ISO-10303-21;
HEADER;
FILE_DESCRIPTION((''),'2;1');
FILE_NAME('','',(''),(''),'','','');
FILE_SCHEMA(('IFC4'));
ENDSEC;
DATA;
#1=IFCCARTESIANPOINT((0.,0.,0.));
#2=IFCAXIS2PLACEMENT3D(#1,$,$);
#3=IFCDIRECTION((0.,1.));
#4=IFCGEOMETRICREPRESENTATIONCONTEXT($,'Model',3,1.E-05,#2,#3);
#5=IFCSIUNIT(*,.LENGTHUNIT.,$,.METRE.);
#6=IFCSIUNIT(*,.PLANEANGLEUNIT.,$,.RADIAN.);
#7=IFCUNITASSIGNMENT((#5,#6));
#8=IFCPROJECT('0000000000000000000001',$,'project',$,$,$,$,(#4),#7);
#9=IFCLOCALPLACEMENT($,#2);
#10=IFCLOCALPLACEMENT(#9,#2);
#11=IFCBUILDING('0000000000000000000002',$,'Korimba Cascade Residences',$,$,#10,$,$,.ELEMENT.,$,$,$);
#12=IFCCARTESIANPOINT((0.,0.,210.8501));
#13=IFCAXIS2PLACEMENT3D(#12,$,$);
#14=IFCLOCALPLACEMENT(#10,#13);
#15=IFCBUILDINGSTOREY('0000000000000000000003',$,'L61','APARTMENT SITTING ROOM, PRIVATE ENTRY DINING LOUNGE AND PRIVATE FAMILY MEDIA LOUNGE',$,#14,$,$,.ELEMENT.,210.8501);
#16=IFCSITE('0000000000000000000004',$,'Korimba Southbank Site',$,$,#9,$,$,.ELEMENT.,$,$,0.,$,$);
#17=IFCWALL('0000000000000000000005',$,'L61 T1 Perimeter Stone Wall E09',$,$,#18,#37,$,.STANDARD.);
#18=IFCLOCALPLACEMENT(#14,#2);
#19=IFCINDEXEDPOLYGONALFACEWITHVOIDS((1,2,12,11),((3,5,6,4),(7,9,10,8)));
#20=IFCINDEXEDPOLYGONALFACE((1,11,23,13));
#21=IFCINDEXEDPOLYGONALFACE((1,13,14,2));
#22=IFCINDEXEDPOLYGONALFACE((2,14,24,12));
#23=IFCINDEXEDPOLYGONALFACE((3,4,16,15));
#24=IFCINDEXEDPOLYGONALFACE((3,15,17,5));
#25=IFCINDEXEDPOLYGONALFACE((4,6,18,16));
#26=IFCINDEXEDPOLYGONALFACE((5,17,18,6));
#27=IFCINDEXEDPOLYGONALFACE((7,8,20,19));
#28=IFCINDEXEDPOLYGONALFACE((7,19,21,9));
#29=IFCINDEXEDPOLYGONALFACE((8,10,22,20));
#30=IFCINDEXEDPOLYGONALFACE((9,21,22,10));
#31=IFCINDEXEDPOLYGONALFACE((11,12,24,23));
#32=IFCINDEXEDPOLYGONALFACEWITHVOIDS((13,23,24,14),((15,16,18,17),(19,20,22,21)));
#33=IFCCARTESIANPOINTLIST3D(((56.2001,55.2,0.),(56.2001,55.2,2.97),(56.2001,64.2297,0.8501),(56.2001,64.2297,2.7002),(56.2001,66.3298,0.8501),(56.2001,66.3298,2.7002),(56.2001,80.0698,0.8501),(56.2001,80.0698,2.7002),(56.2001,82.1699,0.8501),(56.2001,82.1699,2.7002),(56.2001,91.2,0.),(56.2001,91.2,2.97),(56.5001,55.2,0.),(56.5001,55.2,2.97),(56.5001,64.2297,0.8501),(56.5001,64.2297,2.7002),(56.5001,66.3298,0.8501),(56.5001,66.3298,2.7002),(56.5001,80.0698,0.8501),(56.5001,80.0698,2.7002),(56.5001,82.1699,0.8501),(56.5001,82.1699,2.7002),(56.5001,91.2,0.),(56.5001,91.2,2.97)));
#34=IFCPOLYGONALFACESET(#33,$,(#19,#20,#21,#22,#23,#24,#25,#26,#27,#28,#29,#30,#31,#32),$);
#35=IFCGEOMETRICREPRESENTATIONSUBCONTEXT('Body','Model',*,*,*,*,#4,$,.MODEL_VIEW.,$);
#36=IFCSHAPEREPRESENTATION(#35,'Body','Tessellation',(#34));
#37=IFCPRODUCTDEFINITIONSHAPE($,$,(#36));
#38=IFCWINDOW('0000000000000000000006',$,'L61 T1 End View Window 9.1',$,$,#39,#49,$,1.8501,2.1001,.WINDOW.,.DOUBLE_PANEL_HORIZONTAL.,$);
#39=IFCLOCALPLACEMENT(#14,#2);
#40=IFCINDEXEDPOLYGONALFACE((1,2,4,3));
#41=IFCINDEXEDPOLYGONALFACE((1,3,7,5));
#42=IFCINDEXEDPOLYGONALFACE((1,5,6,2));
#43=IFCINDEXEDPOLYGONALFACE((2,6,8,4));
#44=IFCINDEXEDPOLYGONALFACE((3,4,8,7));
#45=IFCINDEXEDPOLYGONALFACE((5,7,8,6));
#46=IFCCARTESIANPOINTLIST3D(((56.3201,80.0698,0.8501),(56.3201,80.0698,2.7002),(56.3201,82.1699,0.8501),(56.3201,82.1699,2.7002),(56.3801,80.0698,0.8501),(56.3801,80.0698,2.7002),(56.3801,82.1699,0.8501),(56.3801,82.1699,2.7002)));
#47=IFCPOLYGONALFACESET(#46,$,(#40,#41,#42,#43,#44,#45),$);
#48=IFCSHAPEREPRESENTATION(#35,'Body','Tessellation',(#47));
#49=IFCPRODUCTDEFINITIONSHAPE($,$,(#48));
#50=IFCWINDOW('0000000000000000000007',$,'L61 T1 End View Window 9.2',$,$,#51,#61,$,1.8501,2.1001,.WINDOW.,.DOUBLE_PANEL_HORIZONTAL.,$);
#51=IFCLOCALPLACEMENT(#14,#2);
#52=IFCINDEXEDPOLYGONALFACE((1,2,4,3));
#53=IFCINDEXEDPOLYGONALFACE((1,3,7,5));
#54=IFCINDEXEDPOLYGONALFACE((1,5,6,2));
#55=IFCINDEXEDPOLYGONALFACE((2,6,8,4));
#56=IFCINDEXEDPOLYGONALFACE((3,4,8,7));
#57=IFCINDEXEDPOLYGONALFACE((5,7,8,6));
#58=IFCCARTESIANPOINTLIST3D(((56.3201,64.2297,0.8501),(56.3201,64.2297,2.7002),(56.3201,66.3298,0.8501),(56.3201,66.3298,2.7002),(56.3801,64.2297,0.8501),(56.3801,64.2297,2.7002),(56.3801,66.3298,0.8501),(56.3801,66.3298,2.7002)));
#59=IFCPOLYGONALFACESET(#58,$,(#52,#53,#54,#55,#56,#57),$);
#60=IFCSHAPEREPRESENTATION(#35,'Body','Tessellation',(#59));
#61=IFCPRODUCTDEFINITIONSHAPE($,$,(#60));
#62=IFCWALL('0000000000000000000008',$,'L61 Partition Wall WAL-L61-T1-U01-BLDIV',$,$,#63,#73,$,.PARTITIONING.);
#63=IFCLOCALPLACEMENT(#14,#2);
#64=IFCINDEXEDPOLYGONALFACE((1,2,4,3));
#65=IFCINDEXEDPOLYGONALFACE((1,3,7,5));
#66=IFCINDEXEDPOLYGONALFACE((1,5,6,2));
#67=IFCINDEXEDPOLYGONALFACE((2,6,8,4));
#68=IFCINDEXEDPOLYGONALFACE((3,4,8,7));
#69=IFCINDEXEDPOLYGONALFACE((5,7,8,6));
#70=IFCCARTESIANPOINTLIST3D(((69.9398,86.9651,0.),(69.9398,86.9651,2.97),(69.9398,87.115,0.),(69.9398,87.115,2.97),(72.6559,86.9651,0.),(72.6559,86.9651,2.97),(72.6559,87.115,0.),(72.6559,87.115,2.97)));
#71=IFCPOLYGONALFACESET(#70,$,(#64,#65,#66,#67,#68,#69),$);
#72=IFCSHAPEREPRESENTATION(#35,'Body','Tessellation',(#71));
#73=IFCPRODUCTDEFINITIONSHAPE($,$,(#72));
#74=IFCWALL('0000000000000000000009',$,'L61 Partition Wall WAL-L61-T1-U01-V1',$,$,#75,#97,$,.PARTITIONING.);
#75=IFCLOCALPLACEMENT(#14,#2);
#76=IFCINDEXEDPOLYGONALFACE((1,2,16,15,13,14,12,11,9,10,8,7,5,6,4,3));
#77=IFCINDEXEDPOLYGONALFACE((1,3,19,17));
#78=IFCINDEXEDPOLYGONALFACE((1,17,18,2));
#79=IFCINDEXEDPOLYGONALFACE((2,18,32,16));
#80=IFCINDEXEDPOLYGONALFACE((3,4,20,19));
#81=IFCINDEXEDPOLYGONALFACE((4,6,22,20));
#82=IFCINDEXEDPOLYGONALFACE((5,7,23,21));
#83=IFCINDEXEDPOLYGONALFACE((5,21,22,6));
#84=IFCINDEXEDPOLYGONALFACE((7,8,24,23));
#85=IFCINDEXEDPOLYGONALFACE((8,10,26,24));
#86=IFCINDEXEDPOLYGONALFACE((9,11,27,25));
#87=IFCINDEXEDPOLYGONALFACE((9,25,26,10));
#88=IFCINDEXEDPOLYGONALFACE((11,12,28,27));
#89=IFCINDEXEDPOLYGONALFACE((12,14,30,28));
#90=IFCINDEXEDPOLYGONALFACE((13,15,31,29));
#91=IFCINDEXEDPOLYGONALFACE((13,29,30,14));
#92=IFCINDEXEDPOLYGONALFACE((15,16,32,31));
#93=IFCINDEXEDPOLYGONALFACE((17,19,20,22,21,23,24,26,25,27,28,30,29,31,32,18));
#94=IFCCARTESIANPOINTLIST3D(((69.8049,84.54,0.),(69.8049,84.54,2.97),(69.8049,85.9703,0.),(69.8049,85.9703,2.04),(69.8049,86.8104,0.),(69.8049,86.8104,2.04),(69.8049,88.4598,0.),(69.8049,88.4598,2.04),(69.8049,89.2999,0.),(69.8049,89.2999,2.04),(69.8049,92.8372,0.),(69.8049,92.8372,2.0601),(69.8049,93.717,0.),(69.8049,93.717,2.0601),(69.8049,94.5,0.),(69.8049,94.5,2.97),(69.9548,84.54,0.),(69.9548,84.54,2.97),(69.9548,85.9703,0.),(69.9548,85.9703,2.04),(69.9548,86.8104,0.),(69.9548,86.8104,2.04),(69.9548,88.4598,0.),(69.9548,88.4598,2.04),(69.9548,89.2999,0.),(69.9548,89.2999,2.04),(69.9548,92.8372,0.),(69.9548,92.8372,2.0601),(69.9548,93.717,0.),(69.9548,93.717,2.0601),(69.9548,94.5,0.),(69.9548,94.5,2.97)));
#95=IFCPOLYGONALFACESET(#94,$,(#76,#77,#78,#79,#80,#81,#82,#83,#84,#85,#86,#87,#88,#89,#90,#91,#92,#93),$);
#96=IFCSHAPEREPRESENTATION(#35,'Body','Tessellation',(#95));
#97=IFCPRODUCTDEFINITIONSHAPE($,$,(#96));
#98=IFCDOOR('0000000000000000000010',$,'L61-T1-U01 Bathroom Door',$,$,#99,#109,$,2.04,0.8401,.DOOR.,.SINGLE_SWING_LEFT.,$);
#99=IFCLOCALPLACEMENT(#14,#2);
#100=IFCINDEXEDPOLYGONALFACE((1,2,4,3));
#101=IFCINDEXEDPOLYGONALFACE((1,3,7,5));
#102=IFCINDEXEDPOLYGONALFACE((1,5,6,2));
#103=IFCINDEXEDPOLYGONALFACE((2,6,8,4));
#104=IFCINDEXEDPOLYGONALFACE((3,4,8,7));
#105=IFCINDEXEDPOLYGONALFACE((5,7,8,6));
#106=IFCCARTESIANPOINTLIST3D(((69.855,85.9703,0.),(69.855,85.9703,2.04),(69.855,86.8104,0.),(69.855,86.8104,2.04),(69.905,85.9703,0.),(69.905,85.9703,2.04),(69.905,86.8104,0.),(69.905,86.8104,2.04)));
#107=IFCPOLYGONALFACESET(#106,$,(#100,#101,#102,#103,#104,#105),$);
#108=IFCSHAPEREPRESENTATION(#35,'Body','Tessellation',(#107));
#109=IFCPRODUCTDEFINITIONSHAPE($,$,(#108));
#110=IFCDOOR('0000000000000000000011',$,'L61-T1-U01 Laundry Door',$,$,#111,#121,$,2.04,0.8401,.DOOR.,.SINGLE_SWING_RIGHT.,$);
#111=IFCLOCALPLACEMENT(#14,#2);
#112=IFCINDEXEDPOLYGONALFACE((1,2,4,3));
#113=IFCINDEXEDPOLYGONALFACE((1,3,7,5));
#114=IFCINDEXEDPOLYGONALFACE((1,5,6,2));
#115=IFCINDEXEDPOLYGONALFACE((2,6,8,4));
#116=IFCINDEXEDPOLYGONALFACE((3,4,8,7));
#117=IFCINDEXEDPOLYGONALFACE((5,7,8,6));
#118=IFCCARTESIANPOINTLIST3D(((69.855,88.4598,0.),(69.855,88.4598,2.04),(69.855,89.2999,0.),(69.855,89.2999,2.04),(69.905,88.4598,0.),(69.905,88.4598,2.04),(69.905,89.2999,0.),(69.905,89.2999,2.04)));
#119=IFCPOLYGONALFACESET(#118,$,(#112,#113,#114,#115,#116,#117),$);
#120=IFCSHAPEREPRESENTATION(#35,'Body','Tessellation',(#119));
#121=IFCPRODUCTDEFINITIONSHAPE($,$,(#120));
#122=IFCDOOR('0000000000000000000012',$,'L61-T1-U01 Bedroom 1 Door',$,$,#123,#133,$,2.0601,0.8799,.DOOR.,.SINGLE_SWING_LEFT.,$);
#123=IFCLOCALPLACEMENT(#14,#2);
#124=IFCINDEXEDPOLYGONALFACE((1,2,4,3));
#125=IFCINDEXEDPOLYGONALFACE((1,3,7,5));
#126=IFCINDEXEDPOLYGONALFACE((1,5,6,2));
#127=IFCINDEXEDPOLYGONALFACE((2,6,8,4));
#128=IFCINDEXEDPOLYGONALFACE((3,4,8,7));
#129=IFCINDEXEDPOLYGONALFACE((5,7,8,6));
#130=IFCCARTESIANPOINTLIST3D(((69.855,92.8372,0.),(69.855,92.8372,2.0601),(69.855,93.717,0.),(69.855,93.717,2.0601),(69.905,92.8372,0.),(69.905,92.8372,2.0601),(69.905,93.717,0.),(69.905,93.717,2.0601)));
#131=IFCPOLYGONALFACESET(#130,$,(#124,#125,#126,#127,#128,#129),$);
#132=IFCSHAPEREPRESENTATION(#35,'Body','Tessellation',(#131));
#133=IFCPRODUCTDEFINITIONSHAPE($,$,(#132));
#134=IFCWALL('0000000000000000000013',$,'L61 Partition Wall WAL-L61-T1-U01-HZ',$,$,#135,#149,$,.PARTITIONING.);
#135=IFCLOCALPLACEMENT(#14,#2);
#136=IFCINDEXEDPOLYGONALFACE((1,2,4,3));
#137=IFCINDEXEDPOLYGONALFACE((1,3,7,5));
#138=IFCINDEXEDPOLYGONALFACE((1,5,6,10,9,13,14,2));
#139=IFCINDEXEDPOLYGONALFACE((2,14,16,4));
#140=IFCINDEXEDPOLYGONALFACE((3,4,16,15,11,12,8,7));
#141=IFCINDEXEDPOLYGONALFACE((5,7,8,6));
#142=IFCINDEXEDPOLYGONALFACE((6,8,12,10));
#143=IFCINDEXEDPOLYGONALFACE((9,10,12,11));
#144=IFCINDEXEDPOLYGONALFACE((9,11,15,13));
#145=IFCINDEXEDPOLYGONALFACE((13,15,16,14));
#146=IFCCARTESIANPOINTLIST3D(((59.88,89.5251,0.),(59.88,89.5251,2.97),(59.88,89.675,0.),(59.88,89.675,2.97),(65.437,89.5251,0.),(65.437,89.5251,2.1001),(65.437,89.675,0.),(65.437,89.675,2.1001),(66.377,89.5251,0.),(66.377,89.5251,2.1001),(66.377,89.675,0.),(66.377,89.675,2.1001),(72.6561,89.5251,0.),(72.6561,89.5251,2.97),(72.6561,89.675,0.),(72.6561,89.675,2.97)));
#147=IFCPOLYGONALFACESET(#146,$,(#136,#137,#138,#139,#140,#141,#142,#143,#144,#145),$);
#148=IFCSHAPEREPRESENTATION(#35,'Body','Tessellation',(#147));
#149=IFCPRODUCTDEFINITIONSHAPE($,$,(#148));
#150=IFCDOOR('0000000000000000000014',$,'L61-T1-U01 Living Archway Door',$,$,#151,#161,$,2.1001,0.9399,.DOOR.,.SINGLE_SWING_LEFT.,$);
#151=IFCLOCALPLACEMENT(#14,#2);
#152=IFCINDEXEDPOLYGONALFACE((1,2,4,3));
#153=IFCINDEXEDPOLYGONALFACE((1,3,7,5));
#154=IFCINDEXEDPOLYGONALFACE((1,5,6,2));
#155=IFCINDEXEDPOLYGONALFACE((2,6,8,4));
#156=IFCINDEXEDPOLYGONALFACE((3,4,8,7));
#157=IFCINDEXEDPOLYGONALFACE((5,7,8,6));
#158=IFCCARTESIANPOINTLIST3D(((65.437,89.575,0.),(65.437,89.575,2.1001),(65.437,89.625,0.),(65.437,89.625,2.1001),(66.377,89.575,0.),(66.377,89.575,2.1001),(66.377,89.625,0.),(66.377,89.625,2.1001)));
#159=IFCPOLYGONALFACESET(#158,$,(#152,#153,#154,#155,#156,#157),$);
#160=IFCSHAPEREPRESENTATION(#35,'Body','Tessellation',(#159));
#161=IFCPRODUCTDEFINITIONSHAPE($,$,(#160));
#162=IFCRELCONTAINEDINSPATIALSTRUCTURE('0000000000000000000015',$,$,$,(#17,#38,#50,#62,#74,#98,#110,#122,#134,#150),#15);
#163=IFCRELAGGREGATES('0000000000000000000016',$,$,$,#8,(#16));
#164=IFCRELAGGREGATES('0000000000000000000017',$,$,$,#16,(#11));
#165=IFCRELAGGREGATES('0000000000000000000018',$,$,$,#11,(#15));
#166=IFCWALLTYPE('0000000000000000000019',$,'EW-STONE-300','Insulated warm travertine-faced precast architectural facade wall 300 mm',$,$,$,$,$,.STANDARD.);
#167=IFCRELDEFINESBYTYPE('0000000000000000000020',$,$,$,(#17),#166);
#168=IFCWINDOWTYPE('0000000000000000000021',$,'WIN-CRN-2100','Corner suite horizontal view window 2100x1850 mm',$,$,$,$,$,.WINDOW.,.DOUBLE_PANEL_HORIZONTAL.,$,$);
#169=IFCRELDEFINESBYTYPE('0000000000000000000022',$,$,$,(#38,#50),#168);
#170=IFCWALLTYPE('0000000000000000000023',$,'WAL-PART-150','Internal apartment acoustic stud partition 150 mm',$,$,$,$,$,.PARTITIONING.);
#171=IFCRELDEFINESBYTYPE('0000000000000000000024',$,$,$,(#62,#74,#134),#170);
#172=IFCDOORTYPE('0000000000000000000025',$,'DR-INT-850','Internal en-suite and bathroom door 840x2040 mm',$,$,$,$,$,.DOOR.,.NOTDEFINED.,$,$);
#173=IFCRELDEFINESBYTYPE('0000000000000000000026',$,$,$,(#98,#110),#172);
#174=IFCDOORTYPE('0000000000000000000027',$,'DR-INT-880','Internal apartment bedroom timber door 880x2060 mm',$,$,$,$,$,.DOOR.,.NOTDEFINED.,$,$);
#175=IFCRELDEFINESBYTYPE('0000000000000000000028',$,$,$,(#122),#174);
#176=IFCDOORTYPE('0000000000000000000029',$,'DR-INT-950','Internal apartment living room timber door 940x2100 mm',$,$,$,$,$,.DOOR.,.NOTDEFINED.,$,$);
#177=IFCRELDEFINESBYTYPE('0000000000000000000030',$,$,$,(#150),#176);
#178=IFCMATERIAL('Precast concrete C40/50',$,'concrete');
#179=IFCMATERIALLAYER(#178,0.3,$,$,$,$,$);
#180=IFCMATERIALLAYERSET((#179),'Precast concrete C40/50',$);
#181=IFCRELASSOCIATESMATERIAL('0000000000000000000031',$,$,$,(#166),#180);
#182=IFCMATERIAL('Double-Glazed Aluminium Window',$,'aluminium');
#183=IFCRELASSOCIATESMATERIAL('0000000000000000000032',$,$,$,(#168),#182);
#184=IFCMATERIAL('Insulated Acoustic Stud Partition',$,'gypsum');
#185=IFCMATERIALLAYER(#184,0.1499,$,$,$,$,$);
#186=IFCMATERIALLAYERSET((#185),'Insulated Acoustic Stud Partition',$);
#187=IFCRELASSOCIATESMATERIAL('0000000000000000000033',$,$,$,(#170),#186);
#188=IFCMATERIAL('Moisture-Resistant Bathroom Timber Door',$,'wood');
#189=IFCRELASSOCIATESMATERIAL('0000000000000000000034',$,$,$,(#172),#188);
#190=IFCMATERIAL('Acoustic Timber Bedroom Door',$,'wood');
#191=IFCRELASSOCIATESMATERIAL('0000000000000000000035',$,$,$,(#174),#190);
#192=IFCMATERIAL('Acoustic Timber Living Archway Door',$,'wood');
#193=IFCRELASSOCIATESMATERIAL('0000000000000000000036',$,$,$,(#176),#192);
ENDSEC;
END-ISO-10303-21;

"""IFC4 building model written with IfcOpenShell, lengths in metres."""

from ifc_helpers import new_model, si_unit, direction, frame, frame_2d, origin, place, context, subcontext, project, spatial, rectangle, extrude, material, layer, layer_set, type_object, element, fill, save


model = new_model("IFC4")

# Units and contexts
model_context = context("Model", 3, precision=1e-05, world=origin(), true_north=direction((0.0, 1.0)))
body_context = subcontext(model_context, "Body", "Model", "MODEL_VIEW")
ifc_project = project(units=[si_unit("LENGTHUNIT", "METRE"), si_unit("PLANEANGLEUNIT", "RADIAN")], contexts=[model_context])

# Site, building, storey
site_placement = place(None, origin())
site = spatial("IfcSite", under=ifc_project, at=site_placement, Name="Korimba Southbank Site", CompositionType="ELEMENT", RefElevation=0.0)
building_placement = place(site_placement, origin())
building = spatial("IfcBuilding", under=site, at=building_placement, Name="Korimba Cascade Residences", CompositionType="ELEMENT")
storey_placement = place(building_placement, frame((0.0, 0.0, 210.8501)))
storey = spatial("IfcBuildingStorey", under=building, at=storey_placement, Name="L61", Description="APARTMENT SITTING ROOM, PRIVATE ENTRY DINING LOUNGE AND PRIVATE FAMILY MEDIA LOUNGE", CompositionType="ELEMENT", Elevation=210.8501)

# Shared definitions
ifc_material_1 = material(Name="Precast concrete C40/50", Category="concrete")
ifc_layer_1 = layer(ifc_material_1, 0.3)
ifc_layer_set_1 = layer_set([ifc_layer_1], Name="Precast concrete C40/50")
wall_type_1 = type_object("IfcWallType", Name="EW-STONE-300", Description="Insulated warm travertine-faced precast architectural facade wall 300 mm", PredefinedType="STANDARD", material=ifc_layer_set_1)

# Wall, openings, windows
wall_1_placement = place(storey_placement, frame((56.3501, 91.2, 0.0), z_axis=(0.0, 0.0, 1.0), x_axis=(0.0, -1.0, 0.0)))
wall_1 = element("IfcWall", 1, at=wall_1_placement, inside=storey, type_object=wall_type_1, Name="L61 T1 Perimeter Stone Wall E09", PredefinedType="STANDARD", context=body_context, shape_type="SweptSolid", body=[
    extrude(rectangle(XDim=36.0, YDim=0.3, at=frame_2d((18.0, 0.0))), origin(), (0.0, 0.0, 1.0), 2.97),
])
opening_1_placement = place(wall_1_placement, frame((9.03, 0.0, 0.8501)))
opening_1 = element("IfcOpeningElement", 2, at=opening_1_placement, cuts=wall_1, PredefinedType="OPENING", context=body_context, shape_type="SweptSolid", body=[
    extrude(rectangle(XDim=2.1001, YDim=1.8501, at=frame_2d((1.05, 0.925))), frame((0.0, 0.1602, 0.0), z_axis=(0.0, -1.0, 0.0), x_axis=(1.0, 0.0, 0.0)), (0.0, 0.0, 1.0), 0.3201),
])
opening_2_placement = place(wall_1_placement, frame((24.8701, 0.0, 0.8501)))
opening_2 = element("IfcOpeningElement", 3, at=opening_2_placement, cuts=wall_1, PredefinedType="OPENING", context=body_context, shape_type="SweptSolid", body=[
    extrude(rectangle(XDim=2.1001, YDim=1.8501, at=frame_2d((1.05, 0.925))), frame((0.0, 0.1602, 0.0), z_axis=(0.0, -1.0, 0.0), x_axis=(1.0, 0.0, 0.0)), (0.0, 0.0, 1.0), 0.3201),
])
ifc_material_2 = material(Name="Double-Glazed Aluminium Window", Category="aluminium")
window_type = type_object("IfcWindowType", Name="WIN-CRN-2100", Description="Corner suite horizontal view window 2100x1850 mm", PartitioningType="DOUBLE_PANEL_HORIZONTAL", PredefinedType="WINDOW", material=ifc_material_2)
window_1_placement = place(opening_1_placement, origin())
window_1 = element("IfcWindow", 4, at=window_1_placement, inside=storey, type_object=window_type, Name="L61 T1 End View Window 9.1", OverallHeight=1.8501, OverallWidth=2.1001, PartitioningType="DOUBLE_PANEL_HORIZONTAL", PredefinedType="WINDOW", context=body_context, shape_type="SweptSolid", body=[
    extrude(rectangle(XDim=2.1001, YDim=1.8501, at=frame_2d((1.05, 0.925))), frame((0.0, 0.03, 0.0), z_axis=(0.0, -1.0, 0.0), x_axis=(1.0, 0.0, 0.0)), (0.0, 0.0, 1.0), 0.0601),
])
fill(opening_1, window_1)
window_2_placement = place(opening_2_placement, origin())
window_2 = element("IfcWindow", 5, at=window_2_placement, inside=storey, type_object=window_type, Name="L61 T1 End View Window 9.2", OverallHeight=1.8501, OverallWidth=2.1001, PartitioningType="DOUBLE_PANEL_HORIZONTAL", PredefinedType="WINDOW", context=body_context, shape_type="SweptSolid", body=[
    extrude(rectangle(XDim=2.1001, YDim=1.8501, at=frame_2d((1.05, 0.925))), frame((0.0, 0.03, 0.0), z_axis=(0.0, -1.0, 0.0), x_axis=(1.0, 0.0, 0.0)), (0.0, 0.0, 1.0), 0.0601),
])
fill(opening_2, window_2)

# Wall
ifc_material_3 = material(Name="Insulated Acoustic Stud Partition", Category="gypsum")
ifc_layer_2 = layer(ifc_material_3, 0.1499)
ifc_layer_set_2 = layer_set([ifc_layer_2], Name="Insulated Acoustic Stud Partition")
wall_type_2 = type_object("IfcWallType", Name="WAL-PART-150", Description="Internal apartment acoustic stud partition 150 mm", PredefinedType="PARTITIONING", material=ifc_layer_set_2)
wall_2_placement = place(storey_placement, frame((69.9399, 87.04, 0.0), z_axis=(0.0, 0.0, 1.0), x_axis=(1.0, 0.0, 0.0)))
element("IfcWall", 6, at=wall_2_placement, inside=storey, type_object=wall_type_2, Name="L61 Partition Wall WAL-L61-T1-U01-BLDIV", PredefinedType="PARTITIONING", context=body_context, shape_type="SweptSolid", body=[
    extrude(rectangle(XDim=2.7161, YDim=0.1499, at=frame_2d((1.3579, 0.0))), origin(), (0.0, 0.0, 1.0), 2.97),
])

# Wall, openings, doors
wall_3_placement = place(storey_placement, frame((69.8799, 84.54, 0.0), z_axis=(0.0, 0.0, 1.0), x_axis=(0.0, 1.0, 0.0)))
wall_3 = element("IfcWall", 7, at=wall_3_placement, inside=storey, type_object=wall_type_2, Name="L61 Partition Wall WAL-L61-T1-U01-V1", PredefinedType="PARTITIONING", context=body_context, shape_type="SweptSolid", body=[
    extrude(rectangle(XDim=9.96, YDim=0.1499, at=frame_2d((4.98, 0.0))), origin(), (0.0, 0.0, 1.0), 2.97),
])
opening_3_placement = place(wall_3_placement, frame((1.4304, 0.0, 0.0)))
opening_3 = element("IfcOpeningElement", 8, at=opening_3_placement, cuts=wall_3, PredefinedType="OPENING", context=body_context, shape_type="SweptSolid", body=[
    extrude(rectangle(XDim=0.8401, YDim=2.04, at=frame_2d((0.4199, 1.02))), frame((0.0, 0.085, 0.0), z_axis=(0.0, -1.0, 0.0), x_axis=(1.0, 0.0, 0.0)), (0.0, 0.0, 1.0), 0.1699),
])
opening_4_placement = place(wall_3_placement, frame((3.9199, 0.0, 0.0)))
opening_4 = element("IfcOpeningElement", 9, at=opening_4_placement, cuts=wall_3, PredefinedType="OPENING", context=body_context, shape_type="SweptSolid", body=[
    extrude(rectangle(XDim=0.8401, YDim=2.04, at=frame_2d((0.4199, 1.02))), frame((0.0, 0.085, 0.0), z_axis=(0.0, -1.0, 0.0), x_axis=(1.0, 0.0, 0.0)), (0.0, 0.0, 1.0), 0.1699),
])
opening_5_placement = place(wall_3_placement, frame((8.2971, 0.0, 0.0)))
opening_5 = element("IfcOpeningElement", 10, at=opening_5_placement, cuts=wall_3, PredefinedType="OPENING", context=body_context, shape_type="SweptSolid", body=[
    extrude(rectangle(XDim=0.8799, YDim=2.0601, at=frame_2d((0.4399, 1.03))), frame((0.0, 0.085, 0.0), z_axis=(0.0, -1.0, 0.0), x_axis=(1.0, 0.0, 0.0)), (0.0, 0.0, 1.0), 0.1699),
])
ifc_material_4 = material(Name="Moisture-Resistant Bathroom Timber Door", Category="wood")
door_type_1 = type_object("IfcDoorType", Name="DR-INT-850", Description="Internal en-suite and bathroom door 840x2040 mm", OperationType="NOTDEFINED", PredefinedType="DOOR", material=ifc_material_4)
door_1_placement = place(opening_3_placement, origin())
door_1 = element("IfcDoor", 11, at=door_1_placement, inside=storey, type_object=door_type_1, Name="L61-T1-U01 Bathroom Door", OperationType="SINGLE_SWING_LEFT", OverallHeight=2.04, OverallWidth=0.8401, PredefinedType="DOOR", context=body_context, shape_type="SweptSolid", body=[
    extrude(rectangle(XDim=0.8401, YDim=2.04, at=frame_2d((0.4199, 1.02))), frame((0.0, 0.0249, 0.0), z_axis=(0.0, -1.0, 0.0), x_axis=(1.0, 0.0, 0.0)), (0.0, 0.0, 1.0), 0.05),
])
fill(opening_3, door_1)
door_2_placement = place(opening_4_placement, origin())
door_2 = element("IfcDoor", 12, at=door_2_placement, inside=storey, type_object=door_type_1, Name="L61-T1-U01 Laundry Door", OperationType="SINGLE_SWING_RIGHT", OverallHeight=2.04, OverallWidth=0.8401, PredefinedType="DOOR", context=body_context, shape_type="SweptSolid", body=[
    extrude(rectangle(XDim=0.8401, YDim=2.04, at=frame_2d((0.4199, 1.02))), frame((0.0, 0.0249, 0.0), z_axis=(0.0, -1.0, 0.0), x_axis=(1.0, 0.0, 0.0)), (0.0, 0.0, 1.0), 0.05),
])
fill(opening_4, door_2)
ifc_material_5 = material(Name="Acoustic Timber Bedroom Door", Category="wood")
door_type_2 = type_object("IfcDoorType", Name="DR-INT-880", Description="Internal apartment bedroom timber door 880x2060 mm", OperationType="NOTDEFINED", PredefinedType="DOOR", material=ifc_material_5)
door_3_placement = place(opening_5_placement, origin())
door_3 = element("IfcDoor", 13, at=door_3_placement, inside=storey, type_object=door_type_2, Name="L61-T1-U01 Bedroom 1 Door", OperationType="SINGLE_SWING_LEFT", OverallHeight=2.0601, OverallWidth=0.8799, PredefinedType="DOOR", context=body_context, shape_type="SweptSolid", body=[
    extrude(rectangle(XDim=0.8799, YDim=2.0601, at=frame_2d((0.4399, 1.03))), frame((0.0, 0.0249, 0.0), z_axis=(0.0, -1.0, 0.0), x_axis=(1.0, 0.0, 0.0)), (0.0, 0.0, 1.0), 0.05),
])
fill(opening_5, door_3)

# Wall, opening, door
wall_4_placement = place(storey_placement, frame((59.8799, 89.6001, 0.0), z_axis=(0.0, 0.0, 1.0), x_axis=(1.0, 0.0, 0.0)))
wall_4 = element("IfcWall", 14, at=wall_4_placement, inside=storey, type_object=wall_type_2, Name="L61 Partition Wall WAL-L61-T1-U01-HZ", PredefinedType="PARTITIONING", context=body_context, shape_type="SweptSolid", body=[
    extrude(rectangle(XDim=12.7761, YDim=0.1499, at=frame_2d((6.3882, 0.0))), origin(), (0.0, 0.0, 1.0), 2.97),
])
opening_6_placement = place(wall_4_placement, frame((5.5571, 0.0, 0.0)))
opening_6 = element("IfcOpeningElement", 15, at=opening_6_placement, cuts=wall_4, PredefinedType="OPENING", context=body_context, shape_type="SweptSolid", body=[
    extrude(rectangle(XDim=0.9399, YDim=2.1001, at=frame_2d((0.47, 1.05))), frame((0.0, 0.085, 0.0), z_axis=(0.0, -1.0, 0.0), x_axis=(1.0, 0.0, 0.0)), (0.0, 0.0, 1.0), 0.1699),
])
ifc_material_6 = material(Name="Acoustic Timber Living Archway Door", Category="wood")
door_type_3 = type_object("IfcDoorType", Name="DR-INT-950", Description="Internal apartment living room timber door 940x2100 mm", OperationType="NOTDEFINED", PredefinedType="DOOR", material=ifc_material_6)
door_4_placement = place(opening_6_placement, origin())
door_4 = element("IfcDoor", 16, at=door_4_placement, inside=storey, type_object=door_type_3, Name="L61-T1-U01 Living Archway Door", OperationType="SINGLE_SWING_LEFT", OverallHeight=2.1001, OverallWidth=0.9399, PredefinedType="DOOR", context=body_context, shape_type="SweptSolid", body=[
    extrude(rectangle(XDim=0.9399, YDim=2.1001, at=frame_2d((0.47, 1.05))), frame((0.0, 0.0249, 0.0), z_axis=(0.0, -1.0, 0.0), x_axis=(1.0, 0.0, 0.0)), (0.0, 0.0, 1.0), 0.05),
])
fill(opening_6, door_4)

save(model, "model.ifc")
